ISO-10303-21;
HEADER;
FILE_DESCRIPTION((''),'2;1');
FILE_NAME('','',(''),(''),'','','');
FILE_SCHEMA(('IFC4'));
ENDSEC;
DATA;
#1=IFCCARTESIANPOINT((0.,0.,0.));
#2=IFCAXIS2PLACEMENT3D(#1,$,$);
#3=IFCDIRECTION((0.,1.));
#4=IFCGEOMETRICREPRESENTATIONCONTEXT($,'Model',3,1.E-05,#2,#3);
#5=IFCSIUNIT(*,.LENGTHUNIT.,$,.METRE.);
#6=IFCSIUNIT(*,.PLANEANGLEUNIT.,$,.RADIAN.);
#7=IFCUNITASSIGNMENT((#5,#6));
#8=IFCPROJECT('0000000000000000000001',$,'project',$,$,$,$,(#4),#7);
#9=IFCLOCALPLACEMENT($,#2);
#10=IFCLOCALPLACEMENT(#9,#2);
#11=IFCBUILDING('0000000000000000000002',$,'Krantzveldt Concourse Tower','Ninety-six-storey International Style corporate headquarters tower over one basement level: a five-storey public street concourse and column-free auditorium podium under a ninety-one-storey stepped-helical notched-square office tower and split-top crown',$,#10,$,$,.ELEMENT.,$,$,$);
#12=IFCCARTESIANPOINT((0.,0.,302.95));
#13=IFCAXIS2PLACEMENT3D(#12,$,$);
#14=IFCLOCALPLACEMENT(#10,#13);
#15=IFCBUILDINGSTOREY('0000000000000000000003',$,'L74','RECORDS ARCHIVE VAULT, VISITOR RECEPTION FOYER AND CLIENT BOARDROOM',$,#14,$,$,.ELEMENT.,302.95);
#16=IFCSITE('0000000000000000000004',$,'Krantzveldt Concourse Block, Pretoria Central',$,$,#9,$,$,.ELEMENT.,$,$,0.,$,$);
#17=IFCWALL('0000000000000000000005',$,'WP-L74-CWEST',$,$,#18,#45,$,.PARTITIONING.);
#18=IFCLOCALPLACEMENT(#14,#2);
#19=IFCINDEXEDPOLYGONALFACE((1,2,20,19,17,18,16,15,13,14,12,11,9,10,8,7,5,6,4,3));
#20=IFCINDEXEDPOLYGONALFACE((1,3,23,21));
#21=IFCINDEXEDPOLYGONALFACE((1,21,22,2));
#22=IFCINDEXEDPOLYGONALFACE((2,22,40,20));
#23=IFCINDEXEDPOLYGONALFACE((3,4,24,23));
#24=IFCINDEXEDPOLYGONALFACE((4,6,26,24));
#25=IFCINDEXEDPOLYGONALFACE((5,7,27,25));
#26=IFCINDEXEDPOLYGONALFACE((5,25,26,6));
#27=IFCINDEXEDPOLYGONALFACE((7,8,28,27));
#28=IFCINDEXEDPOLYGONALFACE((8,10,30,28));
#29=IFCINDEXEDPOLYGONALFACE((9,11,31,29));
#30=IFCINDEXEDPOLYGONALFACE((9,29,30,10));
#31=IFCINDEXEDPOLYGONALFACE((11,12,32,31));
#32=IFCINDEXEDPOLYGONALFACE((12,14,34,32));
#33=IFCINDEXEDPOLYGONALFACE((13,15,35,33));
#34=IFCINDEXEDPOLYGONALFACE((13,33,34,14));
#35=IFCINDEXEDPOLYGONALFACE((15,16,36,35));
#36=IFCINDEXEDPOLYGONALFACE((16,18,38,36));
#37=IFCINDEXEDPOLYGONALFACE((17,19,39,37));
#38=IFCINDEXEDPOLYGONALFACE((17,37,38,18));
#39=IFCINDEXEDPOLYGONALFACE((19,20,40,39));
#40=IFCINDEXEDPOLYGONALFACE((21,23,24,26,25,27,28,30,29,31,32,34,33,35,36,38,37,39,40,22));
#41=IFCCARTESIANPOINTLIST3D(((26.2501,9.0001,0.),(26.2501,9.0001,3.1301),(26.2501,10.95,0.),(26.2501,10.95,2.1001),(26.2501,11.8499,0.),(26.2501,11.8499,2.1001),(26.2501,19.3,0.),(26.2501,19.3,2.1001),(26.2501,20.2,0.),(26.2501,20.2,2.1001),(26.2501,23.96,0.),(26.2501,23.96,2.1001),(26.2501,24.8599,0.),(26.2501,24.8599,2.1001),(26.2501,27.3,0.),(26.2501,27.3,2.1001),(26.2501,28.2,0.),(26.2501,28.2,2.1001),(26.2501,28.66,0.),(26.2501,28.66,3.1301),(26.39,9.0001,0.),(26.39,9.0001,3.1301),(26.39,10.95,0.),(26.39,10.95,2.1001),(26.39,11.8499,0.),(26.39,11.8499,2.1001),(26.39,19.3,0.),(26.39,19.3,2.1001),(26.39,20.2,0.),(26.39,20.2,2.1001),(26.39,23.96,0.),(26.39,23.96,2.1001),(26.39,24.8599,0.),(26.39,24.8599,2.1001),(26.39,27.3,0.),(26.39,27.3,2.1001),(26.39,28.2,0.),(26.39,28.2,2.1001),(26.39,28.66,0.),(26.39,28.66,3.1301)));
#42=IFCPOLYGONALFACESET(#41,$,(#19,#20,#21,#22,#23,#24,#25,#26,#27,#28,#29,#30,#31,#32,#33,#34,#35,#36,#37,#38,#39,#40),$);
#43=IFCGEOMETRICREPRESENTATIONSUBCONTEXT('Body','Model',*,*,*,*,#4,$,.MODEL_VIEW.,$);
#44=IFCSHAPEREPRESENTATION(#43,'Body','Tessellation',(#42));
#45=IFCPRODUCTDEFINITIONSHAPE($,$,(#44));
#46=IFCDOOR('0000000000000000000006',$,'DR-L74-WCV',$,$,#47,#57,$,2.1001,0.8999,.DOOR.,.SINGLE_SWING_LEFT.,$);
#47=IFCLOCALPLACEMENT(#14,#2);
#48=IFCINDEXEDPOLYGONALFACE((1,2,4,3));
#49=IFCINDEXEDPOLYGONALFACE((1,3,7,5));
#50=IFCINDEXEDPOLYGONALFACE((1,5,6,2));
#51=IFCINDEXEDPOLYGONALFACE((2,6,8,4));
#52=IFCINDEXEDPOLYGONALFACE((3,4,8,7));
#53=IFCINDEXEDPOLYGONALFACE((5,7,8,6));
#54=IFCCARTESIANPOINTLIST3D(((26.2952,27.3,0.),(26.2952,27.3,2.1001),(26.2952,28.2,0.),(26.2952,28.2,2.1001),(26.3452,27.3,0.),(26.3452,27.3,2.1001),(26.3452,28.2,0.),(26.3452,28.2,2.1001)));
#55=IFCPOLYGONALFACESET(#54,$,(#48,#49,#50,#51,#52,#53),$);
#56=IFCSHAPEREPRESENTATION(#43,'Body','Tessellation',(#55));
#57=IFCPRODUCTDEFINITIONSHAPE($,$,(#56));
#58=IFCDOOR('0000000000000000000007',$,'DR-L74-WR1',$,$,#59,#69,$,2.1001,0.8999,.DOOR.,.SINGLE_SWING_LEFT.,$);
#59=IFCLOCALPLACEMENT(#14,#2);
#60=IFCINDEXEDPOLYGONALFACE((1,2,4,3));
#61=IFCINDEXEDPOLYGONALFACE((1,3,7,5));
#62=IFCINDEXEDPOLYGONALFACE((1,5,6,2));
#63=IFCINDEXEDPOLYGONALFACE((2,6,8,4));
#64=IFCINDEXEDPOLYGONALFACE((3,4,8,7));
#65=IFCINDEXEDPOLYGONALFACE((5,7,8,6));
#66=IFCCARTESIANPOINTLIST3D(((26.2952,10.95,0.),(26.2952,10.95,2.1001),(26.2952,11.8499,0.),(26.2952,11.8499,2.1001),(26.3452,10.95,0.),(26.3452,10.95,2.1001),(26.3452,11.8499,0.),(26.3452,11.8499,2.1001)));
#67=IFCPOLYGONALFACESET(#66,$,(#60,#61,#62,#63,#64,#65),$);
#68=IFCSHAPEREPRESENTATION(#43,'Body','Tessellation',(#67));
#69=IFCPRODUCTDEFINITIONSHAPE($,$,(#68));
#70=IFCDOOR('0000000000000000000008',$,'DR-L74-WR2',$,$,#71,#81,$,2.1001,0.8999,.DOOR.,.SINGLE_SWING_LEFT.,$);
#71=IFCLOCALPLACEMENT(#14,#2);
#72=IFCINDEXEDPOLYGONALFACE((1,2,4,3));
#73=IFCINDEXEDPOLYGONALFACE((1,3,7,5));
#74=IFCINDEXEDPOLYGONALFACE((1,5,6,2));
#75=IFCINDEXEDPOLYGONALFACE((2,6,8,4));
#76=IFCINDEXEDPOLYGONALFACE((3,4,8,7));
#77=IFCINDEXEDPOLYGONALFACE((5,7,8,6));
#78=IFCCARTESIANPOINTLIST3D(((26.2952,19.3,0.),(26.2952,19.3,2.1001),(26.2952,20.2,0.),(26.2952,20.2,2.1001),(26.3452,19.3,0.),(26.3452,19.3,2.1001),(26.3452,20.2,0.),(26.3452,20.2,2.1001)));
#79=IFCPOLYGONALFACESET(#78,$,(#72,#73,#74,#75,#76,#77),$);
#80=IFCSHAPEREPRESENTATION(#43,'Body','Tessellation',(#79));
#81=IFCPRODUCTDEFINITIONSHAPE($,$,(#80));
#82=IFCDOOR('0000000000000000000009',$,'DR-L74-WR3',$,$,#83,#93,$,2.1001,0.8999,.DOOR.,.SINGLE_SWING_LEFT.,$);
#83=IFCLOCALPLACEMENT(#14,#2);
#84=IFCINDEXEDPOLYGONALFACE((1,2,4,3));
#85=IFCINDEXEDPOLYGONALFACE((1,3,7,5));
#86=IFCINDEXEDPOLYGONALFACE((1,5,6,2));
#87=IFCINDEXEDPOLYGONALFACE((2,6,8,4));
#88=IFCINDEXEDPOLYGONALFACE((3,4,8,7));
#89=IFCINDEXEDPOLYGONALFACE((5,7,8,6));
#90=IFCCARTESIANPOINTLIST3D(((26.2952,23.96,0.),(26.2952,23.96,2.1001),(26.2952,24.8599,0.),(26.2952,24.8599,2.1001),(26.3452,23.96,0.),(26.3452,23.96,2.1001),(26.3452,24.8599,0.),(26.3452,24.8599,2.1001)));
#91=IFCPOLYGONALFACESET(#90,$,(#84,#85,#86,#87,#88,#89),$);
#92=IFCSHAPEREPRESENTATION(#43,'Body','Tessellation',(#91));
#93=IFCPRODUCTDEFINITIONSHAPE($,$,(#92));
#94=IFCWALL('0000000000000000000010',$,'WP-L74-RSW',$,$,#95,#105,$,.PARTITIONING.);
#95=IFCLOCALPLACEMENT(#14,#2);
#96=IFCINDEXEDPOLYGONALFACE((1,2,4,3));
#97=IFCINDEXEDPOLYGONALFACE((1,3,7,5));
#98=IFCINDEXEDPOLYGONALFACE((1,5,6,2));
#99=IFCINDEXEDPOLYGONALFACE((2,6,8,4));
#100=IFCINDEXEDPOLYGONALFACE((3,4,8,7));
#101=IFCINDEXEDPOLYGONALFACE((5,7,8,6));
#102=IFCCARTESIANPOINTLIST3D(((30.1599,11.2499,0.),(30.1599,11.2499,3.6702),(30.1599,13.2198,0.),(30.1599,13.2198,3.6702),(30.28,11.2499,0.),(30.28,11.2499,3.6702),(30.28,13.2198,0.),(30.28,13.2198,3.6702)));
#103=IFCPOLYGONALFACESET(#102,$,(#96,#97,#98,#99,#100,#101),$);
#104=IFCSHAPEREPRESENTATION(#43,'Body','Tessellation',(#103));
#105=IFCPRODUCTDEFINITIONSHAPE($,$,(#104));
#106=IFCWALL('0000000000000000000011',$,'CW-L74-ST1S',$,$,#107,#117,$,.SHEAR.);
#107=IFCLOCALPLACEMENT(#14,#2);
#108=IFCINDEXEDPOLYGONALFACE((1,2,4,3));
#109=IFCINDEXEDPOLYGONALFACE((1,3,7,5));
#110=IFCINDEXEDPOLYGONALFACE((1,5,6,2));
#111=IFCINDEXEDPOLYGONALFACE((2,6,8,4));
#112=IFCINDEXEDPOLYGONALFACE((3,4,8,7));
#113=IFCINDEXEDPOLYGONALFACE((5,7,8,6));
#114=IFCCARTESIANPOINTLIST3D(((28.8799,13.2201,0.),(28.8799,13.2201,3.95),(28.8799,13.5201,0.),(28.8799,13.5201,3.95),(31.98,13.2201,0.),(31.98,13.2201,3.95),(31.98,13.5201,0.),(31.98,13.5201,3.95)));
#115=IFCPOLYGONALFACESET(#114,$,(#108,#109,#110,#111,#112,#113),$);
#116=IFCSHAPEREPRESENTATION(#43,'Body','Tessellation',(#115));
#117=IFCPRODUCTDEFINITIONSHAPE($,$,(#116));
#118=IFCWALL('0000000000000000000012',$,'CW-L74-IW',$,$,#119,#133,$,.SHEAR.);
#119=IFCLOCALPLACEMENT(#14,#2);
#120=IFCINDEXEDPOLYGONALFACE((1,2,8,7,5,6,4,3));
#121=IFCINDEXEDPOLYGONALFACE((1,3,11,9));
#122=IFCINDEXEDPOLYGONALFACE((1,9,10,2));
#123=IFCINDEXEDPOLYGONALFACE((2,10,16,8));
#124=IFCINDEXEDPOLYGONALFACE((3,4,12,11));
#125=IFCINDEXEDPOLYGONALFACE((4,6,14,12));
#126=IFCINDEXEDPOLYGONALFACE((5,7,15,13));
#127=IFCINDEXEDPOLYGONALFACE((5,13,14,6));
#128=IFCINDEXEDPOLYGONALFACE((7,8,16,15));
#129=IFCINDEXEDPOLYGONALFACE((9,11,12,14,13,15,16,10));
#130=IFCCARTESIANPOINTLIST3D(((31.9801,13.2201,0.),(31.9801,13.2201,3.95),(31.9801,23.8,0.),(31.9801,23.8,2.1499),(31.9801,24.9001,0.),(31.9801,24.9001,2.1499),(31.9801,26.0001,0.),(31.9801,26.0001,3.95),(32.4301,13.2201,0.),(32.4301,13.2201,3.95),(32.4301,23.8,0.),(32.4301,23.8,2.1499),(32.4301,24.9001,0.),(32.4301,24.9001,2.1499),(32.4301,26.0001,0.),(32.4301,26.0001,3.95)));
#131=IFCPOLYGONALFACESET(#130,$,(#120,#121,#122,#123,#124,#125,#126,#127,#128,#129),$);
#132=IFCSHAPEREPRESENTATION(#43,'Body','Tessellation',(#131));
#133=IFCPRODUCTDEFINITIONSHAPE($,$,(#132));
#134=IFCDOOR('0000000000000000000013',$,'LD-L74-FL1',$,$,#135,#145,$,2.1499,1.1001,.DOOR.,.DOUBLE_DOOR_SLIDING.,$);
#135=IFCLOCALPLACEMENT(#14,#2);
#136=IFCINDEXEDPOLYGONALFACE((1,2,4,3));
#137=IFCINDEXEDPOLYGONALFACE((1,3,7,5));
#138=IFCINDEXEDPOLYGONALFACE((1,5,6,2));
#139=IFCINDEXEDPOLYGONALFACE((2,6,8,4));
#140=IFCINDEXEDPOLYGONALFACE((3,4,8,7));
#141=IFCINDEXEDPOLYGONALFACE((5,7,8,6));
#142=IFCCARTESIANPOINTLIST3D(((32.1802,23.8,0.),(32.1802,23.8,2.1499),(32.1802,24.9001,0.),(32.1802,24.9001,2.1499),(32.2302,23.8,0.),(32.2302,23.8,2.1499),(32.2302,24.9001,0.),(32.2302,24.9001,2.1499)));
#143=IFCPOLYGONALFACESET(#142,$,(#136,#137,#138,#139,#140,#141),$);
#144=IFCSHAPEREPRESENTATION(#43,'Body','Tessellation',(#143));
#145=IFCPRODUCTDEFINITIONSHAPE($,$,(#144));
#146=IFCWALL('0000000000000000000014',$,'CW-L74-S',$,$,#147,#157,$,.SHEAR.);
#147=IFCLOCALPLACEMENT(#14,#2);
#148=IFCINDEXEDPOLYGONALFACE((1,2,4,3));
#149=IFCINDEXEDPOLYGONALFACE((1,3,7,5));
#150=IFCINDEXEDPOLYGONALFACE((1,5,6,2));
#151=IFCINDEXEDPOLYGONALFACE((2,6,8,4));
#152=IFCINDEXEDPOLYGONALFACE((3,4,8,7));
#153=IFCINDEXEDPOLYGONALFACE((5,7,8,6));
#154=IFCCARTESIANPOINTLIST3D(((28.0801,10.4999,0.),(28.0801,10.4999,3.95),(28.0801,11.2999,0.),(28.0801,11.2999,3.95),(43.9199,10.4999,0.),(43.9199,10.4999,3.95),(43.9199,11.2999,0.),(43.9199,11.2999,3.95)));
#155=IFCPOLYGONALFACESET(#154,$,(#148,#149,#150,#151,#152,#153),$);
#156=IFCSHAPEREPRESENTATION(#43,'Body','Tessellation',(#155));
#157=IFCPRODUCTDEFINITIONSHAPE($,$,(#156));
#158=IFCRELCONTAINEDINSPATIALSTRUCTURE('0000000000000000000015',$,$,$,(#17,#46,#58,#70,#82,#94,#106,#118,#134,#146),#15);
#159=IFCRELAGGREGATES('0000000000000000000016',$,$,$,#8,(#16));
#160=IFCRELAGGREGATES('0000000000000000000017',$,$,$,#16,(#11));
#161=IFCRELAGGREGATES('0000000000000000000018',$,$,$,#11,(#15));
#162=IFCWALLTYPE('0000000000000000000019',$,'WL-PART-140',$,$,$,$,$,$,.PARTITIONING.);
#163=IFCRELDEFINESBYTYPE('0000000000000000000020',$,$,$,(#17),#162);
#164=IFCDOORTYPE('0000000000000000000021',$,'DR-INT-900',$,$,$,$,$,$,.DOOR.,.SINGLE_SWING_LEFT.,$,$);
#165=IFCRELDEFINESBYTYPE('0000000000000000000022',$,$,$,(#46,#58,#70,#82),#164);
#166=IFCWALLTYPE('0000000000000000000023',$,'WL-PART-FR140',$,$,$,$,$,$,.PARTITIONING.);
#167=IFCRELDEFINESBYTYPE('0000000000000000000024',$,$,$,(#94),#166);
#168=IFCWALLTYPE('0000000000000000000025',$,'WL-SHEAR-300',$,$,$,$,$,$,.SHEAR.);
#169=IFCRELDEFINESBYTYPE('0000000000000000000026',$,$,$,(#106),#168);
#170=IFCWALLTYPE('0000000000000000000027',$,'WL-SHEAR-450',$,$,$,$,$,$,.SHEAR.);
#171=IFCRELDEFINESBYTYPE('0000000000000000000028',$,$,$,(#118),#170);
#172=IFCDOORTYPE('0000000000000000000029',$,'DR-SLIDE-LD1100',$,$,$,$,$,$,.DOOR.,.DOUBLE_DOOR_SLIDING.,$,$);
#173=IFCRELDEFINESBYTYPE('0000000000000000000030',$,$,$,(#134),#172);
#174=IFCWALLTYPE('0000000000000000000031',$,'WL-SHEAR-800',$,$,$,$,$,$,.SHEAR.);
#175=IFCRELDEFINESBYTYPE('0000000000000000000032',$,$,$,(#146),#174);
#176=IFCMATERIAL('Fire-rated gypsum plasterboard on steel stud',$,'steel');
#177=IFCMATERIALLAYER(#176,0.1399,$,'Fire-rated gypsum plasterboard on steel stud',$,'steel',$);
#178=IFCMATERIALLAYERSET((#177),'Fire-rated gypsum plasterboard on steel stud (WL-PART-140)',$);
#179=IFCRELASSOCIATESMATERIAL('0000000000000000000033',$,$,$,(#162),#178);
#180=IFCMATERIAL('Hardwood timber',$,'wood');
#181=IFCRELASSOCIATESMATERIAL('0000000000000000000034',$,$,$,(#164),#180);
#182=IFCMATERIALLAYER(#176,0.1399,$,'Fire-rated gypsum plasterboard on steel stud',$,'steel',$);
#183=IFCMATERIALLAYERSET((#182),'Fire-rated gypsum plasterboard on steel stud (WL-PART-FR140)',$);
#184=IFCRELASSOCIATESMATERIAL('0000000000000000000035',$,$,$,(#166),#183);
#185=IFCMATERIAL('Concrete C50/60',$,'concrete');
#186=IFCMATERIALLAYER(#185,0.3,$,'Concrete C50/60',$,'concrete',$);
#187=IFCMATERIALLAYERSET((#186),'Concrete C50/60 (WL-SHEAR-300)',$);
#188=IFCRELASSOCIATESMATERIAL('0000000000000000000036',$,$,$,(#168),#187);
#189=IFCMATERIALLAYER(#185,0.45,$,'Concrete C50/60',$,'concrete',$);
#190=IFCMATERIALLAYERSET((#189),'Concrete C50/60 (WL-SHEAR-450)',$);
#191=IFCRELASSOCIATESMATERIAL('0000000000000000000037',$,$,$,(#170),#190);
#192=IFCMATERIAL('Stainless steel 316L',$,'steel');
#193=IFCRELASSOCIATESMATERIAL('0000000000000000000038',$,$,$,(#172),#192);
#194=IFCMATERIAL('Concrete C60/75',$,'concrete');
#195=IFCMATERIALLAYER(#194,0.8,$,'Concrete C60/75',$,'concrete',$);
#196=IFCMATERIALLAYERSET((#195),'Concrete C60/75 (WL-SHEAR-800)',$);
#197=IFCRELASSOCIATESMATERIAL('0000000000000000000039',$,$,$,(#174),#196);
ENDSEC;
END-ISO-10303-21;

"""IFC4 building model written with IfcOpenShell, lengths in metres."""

from ifc_helpers import new_model, si_unit, direction, frame, frame_2d, origin, place, context, subcontext, project, spatial, rectangle, extrude, material, layer, layer_set, type_object, element, fill, save


model = new_model("IFC4")

# Units and contexts
model_context = context("Model", 3, precision=1e-05, world=origin(), true_north=direction((0.0, 1.0)))
body_context = subcontext(model_context, "Body", "Model", "MODEL_VIEW")
ifc_project = project(units=[si_unit("LENGTHUNIT", "METRE"), si_unit("PLANEANGLEUNIT", "RADIAN")], contexts=[model_context])

# Site, building, storey
site_placement = place(None, origin())
site = spatial("IfcSite", under=ifc_project, at=site_placement, Name="Krantzveldt Concourse Block, Pretoria Central", CompositionType="ELEMENT", RefElevation=0.0)
building_placement = place(site_placement, origin())
building = spatial("IfcBuilding", under=site, at=building_placement, Name="Krantzveldt Concourse Tower", Description="Ninety-six-storey International Style corporate headquarters tower over one basement level: a five-storey public street concourse and column-free auditorium podium under a ninety-one-storey stepped-helical notched-square office tower and split-top crown", CompositionType="ELEMENT")
storey_placement = place(building_placement, frame((0.0, 0.0, 302.95)))
storey = spatial("IfcBuildingStorey", under=building, at=storey_placement, Name="L74", Description="RECORDS ARCHIVE VAULT, VISITOR RECEPTION FOYER AND CLIENT BOARDROOM", CompositionType="ELEMENT", Elevation=302.95)

# Shared definitions
ifc_material_1 = material(Name="Fire-rated gypsum plasterboard on steel stud", Category="steel")
ifc_material_2 = material(Name="Hardwood timber", Category="wood")

# Wall, openings, doors
ifc_layer_1 = layer(ifc_material_1, 0.1399, Name="Fire-rated gypsum plasterboard on steel stud", Category="steel")
ifc_layer_set_1 = layer_set([ifc_layer_1], Name="Fire-rated gypsum plasterboard on steel stud (WL-PART-140)")
wall_type_1 = type_object("IfcWallType", Name="WL-PART-140", PredefinedType="PARTITIONING", material=ifc_layer_set_1)
wall_1_placement = place(storey_placement, frame((26.3201, 9.0, 0.0), z_axis=(0.0, 0.0, 1.0), x_axis=(0.0, 1.0, 0.0)))
wall_1 = element("IfcWall", 1, at=wall_1_placement, inside=storey, type_object=wall_type_1, Name="WP-L74-CWEST", PredefinedType="PARTITIONING", context=body_context, shape_type="SweptSolid", body=[
    extrude(rectangle(XDim=19.6599, YDim=0.1399, at=frame_2d((9.8301, 0.0))), origin(), (0.0, 0.0, 1.0), 3.1301),
])
opening_1_placement = place(wall_1_placement, frame((18.3, 0.0, 0.0)))
opening_1 = element("IfcOpeningElement", 2, at=opening_1_placement, cuts=wall_1, PredefinedType="OPENING", context=body_context, shape_type="SweptSolid", body=[
    extrude(rectangle(XDim=0.8999, YDim=2.1001, at=frame_2d((0.45, 1.05))), frame((0.0, 0.0801, 0.0), z_axis=(0.0, -1.0, 0.0), x_axis=(1.0, 0.0, 0.0)), (0.0, 0.0, 1.0), 0.1599),
])
opening_2_placement = place(wall_1_placement, frame((1.95, 0.0, 0.0)))
opening_2 = element("IfcOpeningElement", 3, at=opening_2_placement, cuts=wall_1, PredefinedType="OPENING", context=body_context, shape_type="SweptSolid", body=[
    extrude(rectangle(XDim=0.8999, YDim=2.1001, at=frame_2d((0.45, 1.05))), frame((0.0, 0.0801, 0.0), z_axis=(0.0, -1.0, 0.0), x_axis=(1.0, 0.0, 0.0)), (0.0, 0.0, 1.0), 0.1599),
])
opening_3_placement = place(wall_1_placement, frame((10.3, 0.0, 0.0)))
opening_3 = element("IfcOpeningElement", 4, at=opening_3_placement, cuts=wall_1, PredefinedType="OPENING", context=body_context, shape_type="SweptSolid", body=[
    extrude(rectangle(XDim=0.8999, YDim=2.1001, at=frame_2d((0.45, 1.05))), frame((0.0, 0.0801, 0.0), z_axis=(0.0, -1.0, 0.0), x_axis=(1.0, 0.0, 0.0)), (0.0, 0.0, 1.0), 0.1599),
])
opening_4_placement = place(wall_1_placement, frame((14.96, 0.0, 0.0)))
opening_4 = element("IfcOpeningElement", 5, at=opening_4_placement, cuts=wall_1, PredefinedType="OPENING", context=body_context, shape_type="SweptSolid", body=[
    extrude(rectangle(XDim=0.8999, YDim=2.1001, at=frame_2d((0.45, 1.05))), frame((0.0, 0.0801, 0.0), z_axis=(0.0, -1.0, 0.0), x_axis=(1.0, 0.0, 0.0)), (0.0, 0.0, 1.0), 0.1599),
])
door_type_1 = type_object("IfcDoorType", Name="DR-INT-900", OperationType="SINGLE_SWING_LEFT", PredefinedType="DOOR", material=ifc_material_2)
door_1_placement = place(opening_1_placement, origin())
door_1 = element("IfcDoor", 6, at=door_1_placement, inside=storey, type_object=door_type_1, Name="DR-L74-WCV", OperationType="SINGLE_SWING_LEFT", OverallHeight=2.1001, OverallWidth=0.8999, PredefinedType="DOOR", context=body_context, shape_type="SweptSolid", body=[
    extrude(rectangle(XDim=0.8999, YDim=2.1001, at=frame_2d((0.45, 1.05))), frame((0.0, 0.0249, 0.0), z_axis=(0.0, -1.0, 0.0), x_axis=(1.0, 0.0, 0.0)), (0.0, 0.0, 1.0), 0.05),
])
fill(opening_1, door_1)
door_2_placement = place(opening_2_placement, origin())
door_2 = element("IfcDoor", 7, at=door_2_placement, inside=storey, type_object=door_type_1, Name="DR-L74-WR1", OperationType="SINGLE_SWING_LEFT", OverallHeight=2.1001, OverallWidth=0.8999, PredefinedType="DOOR", context=body_context, shape_type="SweptSolid", body=[
    extrude(rectangle(XDim=0.8999, YDim=2.1001, at=frame_2d((0.45, 1.05))), frame((0.0, 0.0249, 0.0), z_axis=(0.0, -1.0, 0.0), x_axis=(1.0, 0.0, 0.0)), (0.0, 0.0, 1.0), 0.05),
])
fill(opening_2, door_2)
door_3_placement = place(opening_3_placement, origin())
door_3 = element("IfcDoor", 8, at=door_3_placement, inside=storey, type_object=door_type_1, Name="DR-L74-WR2", OperationType="SINGLE_SWING_LEFT", OverallHeight=2.1001, OverallWidth=0.8999, PredefinedType="DOOR", context=body_context, shape_type="SweptSolid", body=[
    extrude(rectangle(XDim=0.8999, YDim=2.1001, at=frame_2d((0.45, 1.05))), frame((0.0, 0.0249, 0.0), z_axis=(0.0, -1.0, 0.0), x_axis=(1.0, 0.0, 0.0)), (0.0, 0.0, 1.0), 0.05),
])
fill(opening_3, door_3)
door_4_placement = place(opening_4_placement, origin())
door_4 = element("IfcDoor", 9, at=door_4_placement, inside=storey, type_object=door_type_1, Name="DR-L74-WR3", OperationType="SINGLE_SWING_LEFT", OverallHeight=2.1001, OverallWidth=0.8999, PredefinedType="DOOR", context=body_context, shape_type="SweptSolid", body=[
    extrude(rectangle(XDim=0.8999, YDim=2.1001, at=frame_2d((0.45, 1.05))), frame((0.0, 0.0249, 0.0), z_axis=(0.0, -1.0, 0.0), x_axis=(1.0, 0.0, 0.0)), (0.0, 0.0, 1.0), 0.05),
])
fill(opening_4, door_4)

# Walls
ifc_layer_2 = layer(ifc_material_1, 0.1399, Name="Fire-rated gypsum plasterboard on steel stud", Category="steel")
ifc_layer_set_2 = layer_set([ifc_layer_2], Name="Fire-rated gypsum plasterboard on steel stud (WL-PART-FR140)")
wall_type_2 = type_object("IfcWallType", Name="WL-PART-FR140", PredefinedType="PARTITIONING", material=ifc_layer_set_2)
wall_2_placement = place(storey_placement, frame((30.22, 11.25, 0.0), z_axis=(0.0, 0.0, 1.0), x_axis=(0.0, 1.0, 0.0)))
element("IfcWall", 10, at=wall_2_placement, inside=storey, type_object=wall_type_2, Name="WP-L74-RSW", PredefinedType="PARTITIONING", context=body_context, shape_type="SweptSolid", body=[
    extrude(rectangle(XDim=1.97, YDim=0.1201, at=frame_2d((0.9849, 0.0))), origin(), (0.0, 0.0, 1.0), 3.6702),
])
ifc_material_3 = material(Name="Concrete C50/60", Category="concrete")
ifc_layer_3 = layer(ifc_material_3, 0.3, Name="Concrete C50/60", Category="concrete")
ifc_layer_set_3 = layer_set([ifc_layer_3], Name="Concrete C50/60 (WL-SHEAR-300)")
wall_type_3 = type_object("IfcWallType", Name="WL-SHEAR-300", PredefinedType="SHEAR", material=ifc_layer_set_3)
wall_3_placement = place(storey_placement, frame((28.8799, 13.3701, 0.0), z_axis=(0.0, 0.0, 1.0), x_axis=(1.0, 0.0, 0.0)))
element("IfcWall", 11, at=wall_3_placement, inside=storey, type_object=wall_type_3, Name="CW-L74-ST1S", PredefinedType="SHEAR", context=body_context, shape_type="SweptSolid", body=[
    extrude(rectangle(XDim=3.1001, YDim=0.3, at=frame_2d((1.55, 0.0))), origin(), (0.0, 0.0, 1.0), 3.95),
])

# Wall, opening, door
ifc_layer_4 = layer(ifc_material_3, 0.45, Name="Concrete C50/60", Category="concrete")
ifc_layer_set_4 = layer_set([ifc_layer_4], Name="Concrete C50/60 (WL-SHEAR-450)")
wall_type_4 = type_object("IfcWallType", Name="WL-SHEAR-450", PredefinedType="SHEAR", material=ifc_layer_set_4)
wall_4_placement = place(storey_placement, frame((32.2051, 13.22, 0.0), z_axis=(0.0, 0.0, 1.0), x_axis=(0.0, 1.0, 0.0)))
wall_4 = element("IfcWall", 12, at=wall_4_placement, inside=storey, type_object=wall_type_4, Name="CW-L74-IW", PredefinedType="SHEAR", context=body_context, shape_type="SweptSolid", body=[
    extrude(rectangle(XDim=12.78, YDim=0.45, at=frame_2d((6.3901, 0.0))), origin(), (0.0, 0.0, 1.0), 3.95),
])
opening_5_placement = place(wall_4_placement, frame((10.5801, 0.0, 0.0)))
opening_5 = element("IfcOpeningElement", 13, at=opening_5_placement, cuts=wall_4, PredefinedType="OPENING", context=body_context, shape_type="SweptSolid", body=[
    extrude(rectangle(XDim=1.1001, YDim=2.1499, at=frame_2d((0.55, 1.075))), frame((0.0, 0.2349, 0.0), z_axis=(0.0, -1.0, 0.0), x_axis=(1.0, 0.0, 0.0)), (0.0, 0.0, 1.0), 0.47),
])
ifc_material_4 = material(Name="Stainless steel 316L", Category="steel")
door_type_2 = type_object("IfcDoorType", Name="DR-SLIDE-LD1100", OperationType="DOUBLE_DOOR_SLIDING", PredefinedType="DOOR", material=ifc_material_4)
door_5_placement = place(opening_5_placement, origin())
door_5 = element("IfcDoor", 14, at=door_5_placement, inside=storey, type_object=door_type_2, Name="LD-L74-FL1", OperationType="DOUBLE_DOOR_SLIDING", OverallHeight=2.1499, OverallWidth=1.1001, PredefinedType="DOOR", context=body_context, shape_type="SweptSolid", body=[
    extrude(rectangle(XDim=1.1001, YDim=2.1499, at=frame_2d((0.55, 1.075))), frame((0.0, 0.0249, 0.0), z_axis=(0.0, -1.0, 0.0), x_axis=(1.0, 0.0, 0.0)), (0.0, 0.0, 1.0), 0.05),
])
fill(opening_5, door_5)

# Wall
ifc_material_5 = material(Name="Concrete C60/75", Category="concrete")
ifc_layer_5 = layer(ifc_material_5, 0.8, Name="Concrete C60/75", Category="concrete")
ifc_layer_set_5 = layer_set([ifc_layer_5], Name="Concrete C60/75 (WL-SHEAR-800)")
wall_type_5 = type_object("IfcWallType", Name="WL-SHEAR-800", PredefinedType="SHEAR", material=ifc_layer_set_5)
wall_5_placement = place(storey_placement, frame((28.0801, 10.8999, 0.0), z_axis=(0.0, 0.0, 1.0), x_axis=(1.0, 0.0, 0.0)))
element("IfcWall", 15, at=wall_5_placement, inside=storey, type_object=wall_type_5, Name="CW-L74-S", PredefinedType="SHEAR", context=body_context, shape_type="SweptSolid", body=[
    extrude(rectangle(XDim=15.8398, YDim=0.8, at=frame_2d((7.9199, 0.0))), origin(), (0.0, 0.0, 1.0), 3.95),
])

save(model, "model.ifc")
